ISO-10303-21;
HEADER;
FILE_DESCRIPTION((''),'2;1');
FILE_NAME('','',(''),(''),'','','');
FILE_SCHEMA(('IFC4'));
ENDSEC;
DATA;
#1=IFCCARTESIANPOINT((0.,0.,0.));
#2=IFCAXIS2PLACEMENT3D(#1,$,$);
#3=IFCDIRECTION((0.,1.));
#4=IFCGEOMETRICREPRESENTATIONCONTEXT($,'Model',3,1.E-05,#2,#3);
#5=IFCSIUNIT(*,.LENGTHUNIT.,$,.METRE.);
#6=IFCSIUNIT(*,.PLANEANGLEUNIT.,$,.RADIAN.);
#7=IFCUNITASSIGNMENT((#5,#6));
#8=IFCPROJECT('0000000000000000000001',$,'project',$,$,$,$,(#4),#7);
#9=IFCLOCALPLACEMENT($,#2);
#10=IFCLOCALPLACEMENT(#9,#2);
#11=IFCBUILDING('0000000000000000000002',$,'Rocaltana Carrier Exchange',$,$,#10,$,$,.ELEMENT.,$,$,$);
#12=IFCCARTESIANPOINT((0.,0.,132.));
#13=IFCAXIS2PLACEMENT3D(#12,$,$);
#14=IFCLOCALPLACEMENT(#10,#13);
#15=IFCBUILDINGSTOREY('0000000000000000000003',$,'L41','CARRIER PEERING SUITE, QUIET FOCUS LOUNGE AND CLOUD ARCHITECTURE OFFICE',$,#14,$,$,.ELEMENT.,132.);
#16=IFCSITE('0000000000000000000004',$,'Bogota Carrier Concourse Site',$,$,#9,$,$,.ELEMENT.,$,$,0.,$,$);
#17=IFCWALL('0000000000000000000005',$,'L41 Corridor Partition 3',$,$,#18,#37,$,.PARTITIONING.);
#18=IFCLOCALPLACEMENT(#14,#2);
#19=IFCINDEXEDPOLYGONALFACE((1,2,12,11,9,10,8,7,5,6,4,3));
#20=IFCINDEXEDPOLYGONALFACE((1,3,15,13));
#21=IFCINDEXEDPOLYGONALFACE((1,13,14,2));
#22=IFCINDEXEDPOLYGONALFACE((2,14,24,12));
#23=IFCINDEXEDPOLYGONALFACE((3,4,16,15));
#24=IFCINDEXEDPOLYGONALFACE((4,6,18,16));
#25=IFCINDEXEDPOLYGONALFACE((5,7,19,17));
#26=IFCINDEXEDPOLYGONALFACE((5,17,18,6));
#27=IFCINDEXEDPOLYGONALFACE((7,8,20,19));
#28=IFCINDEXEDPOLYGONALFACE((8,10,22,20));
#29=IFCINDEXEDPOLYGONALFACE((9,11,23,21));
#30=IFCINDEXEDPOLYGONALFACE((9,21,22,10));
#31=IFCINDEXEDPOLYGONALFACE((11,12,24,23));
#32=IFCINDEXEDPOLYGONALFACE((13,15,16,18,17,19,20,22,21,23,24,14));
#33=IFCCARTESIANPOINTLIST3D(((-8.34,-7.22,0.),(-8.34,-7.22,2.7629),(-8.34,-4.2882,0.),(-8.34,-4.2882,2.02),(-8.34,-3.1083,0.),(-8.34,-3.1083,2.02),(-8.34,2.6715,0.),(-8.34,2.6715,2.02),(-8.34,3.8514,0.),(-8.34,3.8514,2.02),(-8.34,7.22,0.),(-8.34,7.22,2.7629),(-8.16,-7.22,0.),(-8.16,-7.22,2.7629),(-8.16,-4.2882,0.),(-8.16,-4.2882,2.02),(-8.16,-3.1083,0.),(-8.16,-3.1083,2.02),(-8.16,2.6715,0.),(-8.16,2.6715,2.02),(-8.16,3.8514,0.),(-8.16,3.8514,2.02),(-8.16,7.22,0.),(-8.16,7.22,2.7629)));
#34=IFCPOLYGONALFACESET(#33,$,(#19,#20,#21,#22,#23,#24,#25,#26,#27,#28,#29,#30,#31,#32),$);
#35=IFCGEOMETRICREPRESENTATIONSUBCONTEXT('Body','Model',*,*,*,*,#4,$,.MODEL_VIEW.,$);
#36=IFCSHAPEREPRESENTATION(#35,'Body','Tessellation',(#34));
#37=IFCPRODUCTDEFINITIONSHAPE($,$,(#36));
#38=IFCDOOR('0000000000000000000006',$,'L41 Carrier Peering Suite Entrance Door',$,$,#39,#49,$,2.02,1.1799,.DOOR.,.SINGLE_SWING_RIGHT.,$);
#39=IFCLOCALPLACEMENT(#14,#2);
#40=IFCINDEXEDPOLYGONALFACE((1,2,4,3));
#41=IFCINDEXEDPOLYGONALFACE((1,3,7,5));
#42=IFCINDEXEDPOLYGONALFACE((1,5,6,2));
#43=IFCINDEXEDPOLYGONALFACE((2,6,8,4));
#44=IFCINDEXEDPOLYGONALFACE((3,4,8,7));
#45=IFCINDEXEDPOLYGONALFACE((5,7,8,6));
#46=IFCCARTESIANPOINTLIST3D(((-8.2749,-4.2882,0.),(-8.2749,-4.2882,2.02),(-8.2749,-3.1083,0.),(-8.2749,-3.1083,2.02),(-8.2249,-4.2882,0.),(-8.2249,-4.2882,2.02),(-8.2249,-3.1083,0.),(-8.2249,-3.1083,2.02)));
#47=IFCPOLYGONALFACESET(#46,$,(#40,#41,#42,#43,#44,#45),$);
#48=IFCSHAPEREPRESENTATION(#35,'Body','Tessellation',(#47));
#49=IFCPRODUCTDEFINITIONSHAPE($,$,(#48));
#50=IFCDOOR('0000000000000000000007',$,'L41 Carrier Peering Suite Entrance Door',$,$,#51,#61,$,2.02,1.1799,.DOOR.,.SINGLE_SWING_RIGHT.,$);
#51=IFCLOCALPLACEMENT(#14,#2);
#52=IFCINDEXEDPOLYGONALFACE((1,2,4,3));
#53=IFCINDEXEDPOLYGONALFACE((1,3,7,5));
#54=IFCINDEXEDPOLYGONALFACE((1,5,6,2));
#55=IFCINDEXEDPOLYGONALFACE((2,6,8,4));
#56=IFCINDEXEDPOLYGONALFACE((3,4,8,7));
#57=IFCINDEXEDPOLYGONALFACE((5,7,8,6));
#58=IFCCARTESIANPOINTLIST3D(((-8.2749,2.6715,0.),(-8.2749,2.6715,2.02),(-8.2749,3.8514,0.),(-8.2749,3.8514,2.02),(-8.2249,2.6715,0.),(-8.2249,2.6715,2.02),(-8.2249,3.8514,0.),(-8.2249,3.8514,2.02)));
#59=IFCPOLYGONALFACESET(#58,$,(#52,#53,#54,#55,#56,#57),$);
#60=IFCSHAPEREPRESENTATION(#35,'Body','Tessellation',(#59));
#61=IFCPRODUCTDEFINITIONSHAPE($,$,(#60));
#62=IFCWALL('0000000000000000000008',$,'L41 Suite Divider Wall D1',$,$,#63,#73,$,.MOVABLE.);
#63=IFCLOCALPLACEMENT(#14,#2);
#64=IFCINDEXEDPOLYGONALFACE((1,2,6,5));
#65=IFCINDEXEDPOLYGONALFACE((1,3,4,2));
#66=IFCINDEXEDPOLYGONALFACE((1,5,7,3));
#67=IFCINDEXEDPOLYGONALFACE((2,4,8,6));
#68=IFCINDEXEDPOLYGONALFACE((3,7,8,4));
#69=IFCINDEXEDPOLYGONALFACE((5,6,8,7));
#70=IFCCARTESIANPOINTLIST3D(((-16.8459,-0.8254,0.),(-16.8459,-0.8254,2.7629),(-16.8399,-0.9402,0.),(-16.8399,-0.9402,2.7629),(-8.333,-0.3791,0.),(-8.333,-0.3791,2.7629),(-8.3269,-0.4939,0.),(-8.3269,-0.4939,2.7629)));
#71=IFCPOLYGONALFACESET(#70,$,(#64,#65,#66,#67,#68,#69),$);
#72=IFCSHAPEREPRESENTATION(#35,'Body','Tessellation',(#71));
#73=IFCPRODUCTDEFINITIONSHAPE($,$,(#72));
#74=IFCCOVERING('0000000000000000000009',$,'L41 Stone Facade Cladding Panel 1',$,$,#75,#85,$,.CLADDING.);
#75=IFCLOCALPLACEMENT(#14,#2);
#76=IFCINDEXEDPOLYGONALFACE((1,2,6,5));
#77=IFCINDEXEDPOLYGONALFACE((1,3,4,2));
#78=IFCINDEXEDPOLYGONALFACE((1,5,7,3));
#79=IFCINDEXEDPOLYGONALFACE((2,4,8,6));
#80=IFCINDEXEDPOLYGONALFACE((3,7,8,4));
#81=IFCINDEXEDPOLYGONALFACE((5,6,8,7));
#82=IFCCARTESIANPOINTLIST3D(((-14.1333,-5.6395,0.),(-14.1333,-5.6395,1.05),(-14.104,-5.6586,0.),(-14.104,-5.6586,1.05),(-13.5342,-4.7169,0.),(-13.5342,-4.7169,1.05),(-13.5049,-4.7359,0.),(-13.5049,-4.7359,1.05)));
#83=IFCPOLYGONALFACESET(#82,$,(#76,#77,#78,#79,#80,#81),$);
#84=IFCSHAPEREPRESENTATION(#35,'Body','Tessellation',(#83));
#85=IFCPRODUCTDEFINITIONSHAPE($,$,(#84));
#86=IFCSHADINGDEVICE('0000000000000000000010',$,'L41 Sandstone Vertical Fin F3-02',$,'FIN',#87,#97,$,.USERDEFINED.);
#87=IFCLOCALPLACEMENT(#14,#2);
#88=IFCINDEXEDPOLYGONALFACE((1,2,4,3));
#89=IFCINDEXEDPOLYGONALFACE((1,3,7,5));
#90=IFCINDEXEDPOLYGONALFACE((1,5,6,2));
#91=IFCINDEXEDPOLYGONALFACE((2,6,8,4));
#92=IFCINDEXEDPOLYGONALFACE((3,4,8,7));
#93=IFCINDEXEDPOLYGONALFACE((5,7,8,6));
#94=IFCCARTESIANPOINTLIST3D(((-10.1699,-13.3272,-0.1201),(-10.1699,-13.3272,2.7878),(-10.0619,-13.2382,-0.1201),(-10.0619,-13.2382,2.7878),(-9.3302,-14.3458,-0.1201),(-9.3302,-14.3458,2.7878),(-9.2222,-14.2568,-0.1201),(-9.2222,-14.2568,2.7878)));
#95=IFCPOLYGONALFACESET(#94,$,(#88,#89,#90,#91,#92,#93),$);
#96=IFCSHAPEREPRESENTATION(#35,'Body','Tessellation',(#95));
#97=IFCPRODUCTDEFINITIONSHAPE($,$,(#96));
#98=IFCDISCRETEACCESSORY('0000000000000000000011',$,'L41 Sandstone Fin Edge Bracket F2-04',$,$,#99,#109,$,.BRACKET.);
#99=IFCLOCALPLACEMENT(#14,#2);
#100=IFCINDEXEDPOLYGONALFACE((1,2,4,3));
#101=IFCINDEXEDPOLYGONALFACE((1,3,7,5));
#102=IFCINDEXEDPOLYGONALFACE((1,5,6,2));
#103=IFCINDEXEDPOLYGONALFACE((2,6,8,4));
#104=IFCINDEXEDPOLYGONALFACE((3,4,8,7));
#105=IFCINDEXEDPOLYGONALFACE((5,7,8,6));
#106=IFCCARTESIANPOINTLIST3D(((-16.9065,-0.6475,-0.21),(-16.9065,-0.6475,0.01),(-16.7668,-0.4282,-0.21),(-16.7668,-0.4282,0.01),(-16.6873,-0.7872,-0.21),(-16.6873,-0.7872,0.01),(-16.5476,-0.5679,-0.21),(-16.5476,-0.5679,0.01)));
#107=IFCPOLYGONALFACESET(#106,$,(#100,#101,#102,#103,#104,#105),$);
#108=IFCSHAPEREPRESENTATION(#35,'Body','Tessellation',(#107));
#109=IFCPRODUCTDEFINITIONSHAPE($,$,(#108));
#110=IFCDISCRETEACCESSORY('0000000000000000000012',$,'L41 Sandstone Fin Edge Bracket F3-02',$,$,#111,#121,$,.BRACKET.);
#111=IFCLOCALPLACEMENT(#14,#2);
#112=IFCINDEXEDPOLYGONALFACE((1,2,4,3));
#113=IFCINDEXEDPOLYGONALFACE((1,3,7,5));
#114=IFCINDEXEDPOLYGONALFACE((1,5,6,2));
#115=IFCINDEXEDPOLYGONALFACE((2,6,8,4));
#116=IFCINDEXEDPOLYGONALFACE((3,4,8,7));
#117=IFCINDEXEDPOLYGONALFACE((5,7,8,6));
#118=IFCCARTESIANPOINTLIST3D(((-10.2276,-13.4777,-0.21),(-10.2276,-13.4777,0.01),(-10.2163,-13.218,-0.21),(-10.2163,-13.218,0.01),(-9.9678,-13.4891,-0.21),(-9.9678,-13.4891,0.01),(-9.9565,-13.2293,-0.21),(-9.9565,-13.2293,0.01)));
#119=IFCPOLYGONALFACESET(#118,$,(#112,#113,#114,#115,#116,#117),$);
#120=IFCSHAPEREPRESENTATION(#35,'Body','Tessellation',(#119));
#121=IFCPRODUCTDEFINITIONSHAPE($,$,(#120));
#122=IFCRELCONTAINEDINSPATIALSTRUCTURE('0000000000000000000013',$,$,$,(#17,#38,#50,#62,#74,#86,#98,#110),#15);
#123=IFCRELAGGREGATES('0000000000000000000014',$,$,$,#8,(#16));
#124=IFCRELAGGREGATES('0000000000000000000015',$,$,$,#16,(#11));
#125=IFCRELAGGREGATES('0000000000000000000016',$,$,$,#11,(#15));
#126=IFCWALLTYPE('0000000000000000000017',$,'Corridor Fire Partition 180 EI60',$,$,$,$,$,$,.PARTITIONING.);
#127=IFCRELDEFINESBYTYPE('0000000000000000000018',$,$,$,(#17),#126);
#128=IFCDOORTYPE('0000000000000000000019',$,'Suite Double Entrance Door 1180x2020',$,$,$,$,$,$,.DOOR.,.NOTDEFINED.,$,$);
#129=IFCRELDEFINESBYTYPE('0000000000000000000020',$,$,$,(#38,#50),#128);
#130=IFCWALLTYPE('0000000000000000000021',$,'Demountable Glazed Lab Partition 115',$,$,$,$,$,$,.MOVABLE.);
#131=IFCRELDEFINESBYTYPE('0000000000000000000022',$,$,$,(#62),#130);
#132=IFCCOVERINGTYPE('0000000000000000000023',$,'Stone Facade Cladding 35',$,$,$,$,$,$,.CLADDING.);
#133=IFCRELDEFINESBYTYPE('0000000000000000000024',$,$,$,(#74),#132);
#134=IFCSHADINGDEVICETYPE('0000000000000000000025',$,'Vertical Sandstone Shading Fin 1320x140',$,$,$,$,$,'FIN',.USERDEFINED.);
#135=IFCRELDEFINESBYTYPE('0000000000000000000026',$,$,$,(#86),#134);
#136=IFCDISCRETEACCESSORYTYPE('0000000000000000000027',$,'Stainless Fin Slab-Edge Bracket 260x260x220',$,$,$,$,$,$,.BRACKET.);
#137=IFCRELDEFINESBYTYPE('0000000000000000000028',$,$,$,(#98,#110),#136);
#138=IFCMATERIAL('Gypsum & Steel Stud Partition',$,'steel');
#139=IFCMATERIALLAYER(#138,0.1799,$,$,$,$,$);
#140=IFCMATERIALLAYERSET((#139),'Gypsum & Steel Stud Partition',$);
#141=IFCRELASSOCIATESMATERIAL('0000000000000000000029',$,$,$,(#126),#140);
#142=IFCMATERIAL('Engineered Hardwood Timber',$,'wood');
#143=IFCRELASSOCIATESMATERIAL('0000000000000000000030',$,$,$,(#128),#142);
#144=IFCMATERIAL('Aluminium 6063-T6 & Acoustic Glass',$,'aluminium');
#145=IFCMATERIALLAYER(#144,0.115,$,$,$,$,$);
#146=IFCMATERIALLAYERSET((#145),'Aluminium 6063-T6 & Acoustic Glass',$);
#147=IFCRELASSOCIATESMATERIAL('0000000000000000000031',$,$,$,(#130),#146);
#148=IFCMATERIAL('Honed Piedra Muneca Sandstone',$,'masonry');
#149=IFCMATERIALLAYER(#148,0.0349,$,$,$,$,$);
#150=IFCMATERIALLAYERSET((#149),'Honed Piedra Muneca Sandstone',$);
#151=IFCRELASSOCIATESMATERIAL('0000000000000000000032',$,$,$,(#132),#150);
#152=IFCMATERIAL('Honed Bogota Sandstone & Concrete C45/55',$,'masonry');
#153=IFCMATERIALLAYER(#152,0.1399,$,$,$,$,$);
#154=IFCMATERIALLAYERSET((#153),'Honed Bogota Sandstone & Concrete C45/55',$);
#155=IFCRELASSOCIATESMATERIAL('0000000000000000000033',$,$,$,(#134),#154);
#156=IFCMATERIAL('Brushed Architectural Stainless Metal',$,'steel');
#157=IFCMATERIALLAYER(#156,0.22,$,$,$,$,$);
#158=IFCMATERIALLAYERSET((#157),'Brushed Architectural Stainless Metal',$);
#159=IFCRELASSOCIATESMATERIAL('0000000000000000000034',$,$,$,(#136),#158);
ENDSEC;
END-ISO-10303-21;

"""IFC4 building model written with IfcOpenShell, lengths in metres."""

from ifc_helpers import new_model, si_unit, direction, frame, frame_2d, origin, origin_2d, place, context, subcontext, project, spatial, rectangle, extrude, material, layer, layer_set, type_object, element, fill, save


model = new_model("IFC4")

# Units and contexts
model_context = context("Model", 3, precision=1e-05, world=origin(), true_north=direction((0.0, 1.0)))
body_context = subcontext(model_context, "Body", "Model", "MODEL_VIEW")
ifc_project = project(units=[si_unit("LENGTHUNIT", "METRE"), si_unit("PLANEANGLEUNIT", "RADIAN")], contexts=[model_context])

# Site, building, storey
site_placement = place(None, origin())
site = spatial("IfcSite", under=ifc_project, at=site_placement, Name="Bogota Carrier Concourse Site", CompositionType="ELEMENT", RefElevation=0.0)
building_placement = place(site_placement, origin())
building = spatial("IfcBuilding", under=site, at=building_placement, Name="Rocaltana Carrier Exchange", CompositionType="ELEMENT")
storey_placement = place(building_placement, frame((0.0, 0.0, 132.0)))
storey = spatial("IfcBuildingStorey", under=building, at=storey_placement, Name="L41", Description="CARRIER PEERING SUITE, QUIET FOCUS LOUNGE AND CLOUD ARCHITECTURE OFFICE", CompositionType="ELEMENT", Elevation=132.0)

# Shared definitions
ifc_material_1 = material(Name="Gypsum & Steel Stud Partition", Category="steel")
ifc_layer_1 = layer(ifc_material_1, 0.1799)
ifc_layer_set_1 = layer_set([ifc_layer_1], Name="Gypsum & Steel Stud Partition")
wall_type_1 = type_object("IfcWallType", Name="Corridor Fire Partition 180 EI60", PredefinedType="PARTITIONING", material=ifc_layer_set_1)

# Wall, openings, doors
wall_1_placement = place(storey_placement, frame((-8.25, -7.22, 0.0), z_axis=(0.0, 0.0, 1.0), x_axis=(0.0, 1.0, 0.0)))
wall_1 = element("IfcWall", 1, at=wall_1_placement, inside=storey, type_object=wall_type_1, Name="L41 Corridor Partition 3", PredefinedType="PARTITIONING", context=body_context, shape_type="SweptSolid", body=[
    extrude(rectangle(XDim=14.4399, YDim=0.1799, at=frame_2d((7.22, 0.0))), origin(), (0.0, 0.0, 1.0), 2.7629),
])
opening_1_placement = place(wall_1_placement, frame((2.9319, 0.0, 0.0)))
opening_1 = element("IfcOpeningElement", 2, at=opening_1_placement, cuts=wall_1, PredefinedType="OPENING", context=body_context, shape_type="SweptSolid", body=[
    extrude(rectangle(XDim=1.1799, YDim=2.02, at=frame_2d((0.5898, 1.01))), frame((0.0, 0.0999, 0.0), z_axis=(0.0, -1.0, 0.0), x_axis=(1.0, 0.0, 0.0)), (0.0, 0.0, 1.0), 0.2),
])
opening_2_placement = place(wall_1_placement, frame((9.8916, 0.0, 0.0)))
opening_2 = element("IfcOpeningElement", 3, at=opening_2_placement, cuts=wall_1, PredefinedType="OPENING", context=body_context, shape_type="SweptSolid", body=[
    extrude(rectangle(XDim=1.1799, YDim=2.02, at=frame_2d((0.5898, 1.01))), frame((0.0, 0.0999, 0.0), z_axis=(0.0, -1.0, 0.0), x_axis=(1.0, 0.0, 0.0)), (0.0, 0.0, 1.0), 0.2),
])
ifc_material_2 = material(Name="Engineered Hardwood Timber", Category="wood")
door_type = type_object("IfcDoorType", Name="Suite Double Entrance Door 1180x2020", OperationType="NOTDEFINED", PredefinedType="DOOR", material=ifc_material_2)
door_1_placement = place(opening_1_placement, origin())
door_1 = element("IfcDoor", 4, at=door_1_placement, inside=storey, type_object=door_type, Name="L41 Carrier Peering Suite Entrance Door", OperationType="SINGLE_SWING_RIGHT", OverallHeight=2.02, OverallWidth=1.1799, PredefinedType="DOOR", context=body_context, shape_type="SweptSolid", body=[
    extrude(rectangle(XDim=1.1799, YDim=2.02, at=frame_2d((0.5898, 1.01))), frame((0.0, 0.0249, 0.0), z_axis=(0.0, -1.0, 0.0), x_axis=(1.0, 0.0, 0.0)), (0.0, 0.0, 1.0), 0.05),
])
fill(opening_1, door_1)
door_2_placement = place(opening_2_placement, origin())
door_2 = element("IfcDoor", 5, at=door_2_placement, inside=storey, type_object=door_type, Name="L41 Carrier Peering Suite Entrance Door", OperationType="SINGLE_SWING_RIGHT", OverallHeight=2.02, OverallWidth=1.1799, PredefinedType="DOOR", context=body_context, shape_type="SweptSolid", body=[
    extrude(rectangle(XDim=1.1799, YDim=2.02, at=frame_2d((0.5898, 1.01))), frame((0.0, 0.0249, 0.0), z_axis=(0.0, -1.0, 0.0), x_axis=(1.0, 0.0, 0.0)), (0.0, 0.0, 1.0), 0.05),
])
fill(opening_2, door_2)

# Wall
ifc_material_3 = material(Name="Aluminium 6063-T6 & Acoustic Glass", Category="aluminium")
ifc_layer_2 = layer(ifc_material_3, 0.115)
ifc_layer_set_2 = layer_set([ifc_layer_2], Name="Aluminium 6063-T6 & Acoustic Glass")
wall_type_2 = type_object("IfcWallType", Name="Demountable Glazed Lab Partition 115", PredefinedType="MOVABLE", material=ifc_layer_set_2)
wall_2_placement = place(storey_placement, frame((-8.3301, -0.4365, 0.0), z_axis=(0.0, 0.0, 1.0), x_axis=(-0.998629, -0.052353, 0.0)))
element("IfcWall", 6, at=wall_2_placement, inside=storey, type_object=wall_type_2, Name="L41 Suite Divider Wall D1", PredefinedType="MOVABLE", context=body_context, shape_type="SweptSolid", body=[
    extrude(rectangle(XDim=8.5247, YDim=0.115, at=frame_2d((4.2622, 0.0))), origin(), (0.0, 0.0, 1.0), 2.7629),
])

# Covering
ifc_material_4 = material(Name="Honed Piedra Muneca Sandstone", Category="masonry")
ifc_layer_3 = layer(ifc_material_4, 0.0349)
ifc_layer_set_3 = layer_set([ifc_layer_3], Name="Honed Piedra Muneca Sandstone")
covering_type = type_object("IfcCoveringType", Name="Stone Facade Cladding 35", PredefinedType="CLADDING", material=ifc_layer_set_3)
covering_placement = place(storey_placement, frame((-13.8191, -5.1877, 0.0), z_axis=(0.0, 0.0, 1.0), x_axis=(0.544639, 0.838671, 0.0)))
element("IfcCovering", 7, at=covering_placement, inside=storey, type_object=covering_type, Name="L41 Stone Facade Cladding Panel 1", PredefinedType="CLADDING", context=body_context, shape_type="SweptSolid", body=[
    extrude(rectangle(XDim=1.1001, YDim=0.0349, at=origin_2d()), origin(), (0.0, 0.0, 1.0), 1.05),
])

# Shading device
ifc_material_5 = material(Name="Honed Bogota Sandstone & Concrete C45/55", Category="masonry")
ifc_layer_4 = layer(ifc_material_5, 0.1399)
ifc_layer_set_4 = layer_set([ifc_layer_4], Name="Honed Bogota Sandstone & Concrete C45/55")
shading_device_type = type_object("IfcShadingDeviceType", Name="Vertical Sandstone Shading Fin 1320x140", ElementType="FIN", PredefinedType="USERDEFINED", material=ifc_layer_set_4)
shading_device_placement = place(storey_placement, frame((-9.696, -13.792, -0.1201), z_axis=(0.0, 0.0, 1.0), x_axis=(0.636078, -0.771625, 0.0)))
element("IfcShadingDevice", 8, at=shading_device_placement, inside=storey, type_object=shading_device_type, Name="L41 Sandstone Vertical Fin F3-02", ObjectType="FIN", PredefinedType="USERDEFINED", context=body_context, shape_type="SweptSolid", body=[
    extrude(rectangle(XDim=1.3201, YDim=0.1399, at=origin_2d()), origin(), (0.0, 0.0, 1.0), 2.908),
])

# Discrete accessories
ifc_material_6 = material(Name="Brushed Architectural Stainless Metal", Category="steel")
ifc_layer_5 = layer(ifc_material_6, 0.22)
ifc_layer_set_5 = layer_set([ifc_layer_5], Name="Brushed Architectural Stainless Metal")
discrete_accessory_type = type_object("IfcDiscreteAccessoryType", Name="Stainless Fin Slab-Edge Bracket 260x260x220", PredefinedType="BRACKET", material=ifc_layer_set_5)
for number, where, z_axis, x_axis, name in (
    (9, (-16.7271, -0.6077, -0.21), (0.0, 0.0, 1.0), (-0.5373, -0.843391, 0.0), "L41 Sandstone Fin Edge Bracket F2-04"),
    (10, (-10.092, -13.3535, -0.21), (0.0, 0.0, 1.0), (0.999048, -0.043619, 0.0), "L41 Sandstone Fin Edge Bracket F3-02"),
):
    element("IfcDiscreteAccessory", number, at=place(storey_placement, frame(where, z_axis=z_axis, x_axis=x_axis)), inside=storey, type_object=discrete_accessory_type, Name=name, PredefinedType="BRACKET", context=body_context, shape_type="SweptSolid", body=[
        extrude(rectangle(XDim=0.26, YDim=0.26, at=origin_2d()), origin(), (0.0, 0.0, 1.0), 0.22),
    ])

save(model, "model.ifc")
